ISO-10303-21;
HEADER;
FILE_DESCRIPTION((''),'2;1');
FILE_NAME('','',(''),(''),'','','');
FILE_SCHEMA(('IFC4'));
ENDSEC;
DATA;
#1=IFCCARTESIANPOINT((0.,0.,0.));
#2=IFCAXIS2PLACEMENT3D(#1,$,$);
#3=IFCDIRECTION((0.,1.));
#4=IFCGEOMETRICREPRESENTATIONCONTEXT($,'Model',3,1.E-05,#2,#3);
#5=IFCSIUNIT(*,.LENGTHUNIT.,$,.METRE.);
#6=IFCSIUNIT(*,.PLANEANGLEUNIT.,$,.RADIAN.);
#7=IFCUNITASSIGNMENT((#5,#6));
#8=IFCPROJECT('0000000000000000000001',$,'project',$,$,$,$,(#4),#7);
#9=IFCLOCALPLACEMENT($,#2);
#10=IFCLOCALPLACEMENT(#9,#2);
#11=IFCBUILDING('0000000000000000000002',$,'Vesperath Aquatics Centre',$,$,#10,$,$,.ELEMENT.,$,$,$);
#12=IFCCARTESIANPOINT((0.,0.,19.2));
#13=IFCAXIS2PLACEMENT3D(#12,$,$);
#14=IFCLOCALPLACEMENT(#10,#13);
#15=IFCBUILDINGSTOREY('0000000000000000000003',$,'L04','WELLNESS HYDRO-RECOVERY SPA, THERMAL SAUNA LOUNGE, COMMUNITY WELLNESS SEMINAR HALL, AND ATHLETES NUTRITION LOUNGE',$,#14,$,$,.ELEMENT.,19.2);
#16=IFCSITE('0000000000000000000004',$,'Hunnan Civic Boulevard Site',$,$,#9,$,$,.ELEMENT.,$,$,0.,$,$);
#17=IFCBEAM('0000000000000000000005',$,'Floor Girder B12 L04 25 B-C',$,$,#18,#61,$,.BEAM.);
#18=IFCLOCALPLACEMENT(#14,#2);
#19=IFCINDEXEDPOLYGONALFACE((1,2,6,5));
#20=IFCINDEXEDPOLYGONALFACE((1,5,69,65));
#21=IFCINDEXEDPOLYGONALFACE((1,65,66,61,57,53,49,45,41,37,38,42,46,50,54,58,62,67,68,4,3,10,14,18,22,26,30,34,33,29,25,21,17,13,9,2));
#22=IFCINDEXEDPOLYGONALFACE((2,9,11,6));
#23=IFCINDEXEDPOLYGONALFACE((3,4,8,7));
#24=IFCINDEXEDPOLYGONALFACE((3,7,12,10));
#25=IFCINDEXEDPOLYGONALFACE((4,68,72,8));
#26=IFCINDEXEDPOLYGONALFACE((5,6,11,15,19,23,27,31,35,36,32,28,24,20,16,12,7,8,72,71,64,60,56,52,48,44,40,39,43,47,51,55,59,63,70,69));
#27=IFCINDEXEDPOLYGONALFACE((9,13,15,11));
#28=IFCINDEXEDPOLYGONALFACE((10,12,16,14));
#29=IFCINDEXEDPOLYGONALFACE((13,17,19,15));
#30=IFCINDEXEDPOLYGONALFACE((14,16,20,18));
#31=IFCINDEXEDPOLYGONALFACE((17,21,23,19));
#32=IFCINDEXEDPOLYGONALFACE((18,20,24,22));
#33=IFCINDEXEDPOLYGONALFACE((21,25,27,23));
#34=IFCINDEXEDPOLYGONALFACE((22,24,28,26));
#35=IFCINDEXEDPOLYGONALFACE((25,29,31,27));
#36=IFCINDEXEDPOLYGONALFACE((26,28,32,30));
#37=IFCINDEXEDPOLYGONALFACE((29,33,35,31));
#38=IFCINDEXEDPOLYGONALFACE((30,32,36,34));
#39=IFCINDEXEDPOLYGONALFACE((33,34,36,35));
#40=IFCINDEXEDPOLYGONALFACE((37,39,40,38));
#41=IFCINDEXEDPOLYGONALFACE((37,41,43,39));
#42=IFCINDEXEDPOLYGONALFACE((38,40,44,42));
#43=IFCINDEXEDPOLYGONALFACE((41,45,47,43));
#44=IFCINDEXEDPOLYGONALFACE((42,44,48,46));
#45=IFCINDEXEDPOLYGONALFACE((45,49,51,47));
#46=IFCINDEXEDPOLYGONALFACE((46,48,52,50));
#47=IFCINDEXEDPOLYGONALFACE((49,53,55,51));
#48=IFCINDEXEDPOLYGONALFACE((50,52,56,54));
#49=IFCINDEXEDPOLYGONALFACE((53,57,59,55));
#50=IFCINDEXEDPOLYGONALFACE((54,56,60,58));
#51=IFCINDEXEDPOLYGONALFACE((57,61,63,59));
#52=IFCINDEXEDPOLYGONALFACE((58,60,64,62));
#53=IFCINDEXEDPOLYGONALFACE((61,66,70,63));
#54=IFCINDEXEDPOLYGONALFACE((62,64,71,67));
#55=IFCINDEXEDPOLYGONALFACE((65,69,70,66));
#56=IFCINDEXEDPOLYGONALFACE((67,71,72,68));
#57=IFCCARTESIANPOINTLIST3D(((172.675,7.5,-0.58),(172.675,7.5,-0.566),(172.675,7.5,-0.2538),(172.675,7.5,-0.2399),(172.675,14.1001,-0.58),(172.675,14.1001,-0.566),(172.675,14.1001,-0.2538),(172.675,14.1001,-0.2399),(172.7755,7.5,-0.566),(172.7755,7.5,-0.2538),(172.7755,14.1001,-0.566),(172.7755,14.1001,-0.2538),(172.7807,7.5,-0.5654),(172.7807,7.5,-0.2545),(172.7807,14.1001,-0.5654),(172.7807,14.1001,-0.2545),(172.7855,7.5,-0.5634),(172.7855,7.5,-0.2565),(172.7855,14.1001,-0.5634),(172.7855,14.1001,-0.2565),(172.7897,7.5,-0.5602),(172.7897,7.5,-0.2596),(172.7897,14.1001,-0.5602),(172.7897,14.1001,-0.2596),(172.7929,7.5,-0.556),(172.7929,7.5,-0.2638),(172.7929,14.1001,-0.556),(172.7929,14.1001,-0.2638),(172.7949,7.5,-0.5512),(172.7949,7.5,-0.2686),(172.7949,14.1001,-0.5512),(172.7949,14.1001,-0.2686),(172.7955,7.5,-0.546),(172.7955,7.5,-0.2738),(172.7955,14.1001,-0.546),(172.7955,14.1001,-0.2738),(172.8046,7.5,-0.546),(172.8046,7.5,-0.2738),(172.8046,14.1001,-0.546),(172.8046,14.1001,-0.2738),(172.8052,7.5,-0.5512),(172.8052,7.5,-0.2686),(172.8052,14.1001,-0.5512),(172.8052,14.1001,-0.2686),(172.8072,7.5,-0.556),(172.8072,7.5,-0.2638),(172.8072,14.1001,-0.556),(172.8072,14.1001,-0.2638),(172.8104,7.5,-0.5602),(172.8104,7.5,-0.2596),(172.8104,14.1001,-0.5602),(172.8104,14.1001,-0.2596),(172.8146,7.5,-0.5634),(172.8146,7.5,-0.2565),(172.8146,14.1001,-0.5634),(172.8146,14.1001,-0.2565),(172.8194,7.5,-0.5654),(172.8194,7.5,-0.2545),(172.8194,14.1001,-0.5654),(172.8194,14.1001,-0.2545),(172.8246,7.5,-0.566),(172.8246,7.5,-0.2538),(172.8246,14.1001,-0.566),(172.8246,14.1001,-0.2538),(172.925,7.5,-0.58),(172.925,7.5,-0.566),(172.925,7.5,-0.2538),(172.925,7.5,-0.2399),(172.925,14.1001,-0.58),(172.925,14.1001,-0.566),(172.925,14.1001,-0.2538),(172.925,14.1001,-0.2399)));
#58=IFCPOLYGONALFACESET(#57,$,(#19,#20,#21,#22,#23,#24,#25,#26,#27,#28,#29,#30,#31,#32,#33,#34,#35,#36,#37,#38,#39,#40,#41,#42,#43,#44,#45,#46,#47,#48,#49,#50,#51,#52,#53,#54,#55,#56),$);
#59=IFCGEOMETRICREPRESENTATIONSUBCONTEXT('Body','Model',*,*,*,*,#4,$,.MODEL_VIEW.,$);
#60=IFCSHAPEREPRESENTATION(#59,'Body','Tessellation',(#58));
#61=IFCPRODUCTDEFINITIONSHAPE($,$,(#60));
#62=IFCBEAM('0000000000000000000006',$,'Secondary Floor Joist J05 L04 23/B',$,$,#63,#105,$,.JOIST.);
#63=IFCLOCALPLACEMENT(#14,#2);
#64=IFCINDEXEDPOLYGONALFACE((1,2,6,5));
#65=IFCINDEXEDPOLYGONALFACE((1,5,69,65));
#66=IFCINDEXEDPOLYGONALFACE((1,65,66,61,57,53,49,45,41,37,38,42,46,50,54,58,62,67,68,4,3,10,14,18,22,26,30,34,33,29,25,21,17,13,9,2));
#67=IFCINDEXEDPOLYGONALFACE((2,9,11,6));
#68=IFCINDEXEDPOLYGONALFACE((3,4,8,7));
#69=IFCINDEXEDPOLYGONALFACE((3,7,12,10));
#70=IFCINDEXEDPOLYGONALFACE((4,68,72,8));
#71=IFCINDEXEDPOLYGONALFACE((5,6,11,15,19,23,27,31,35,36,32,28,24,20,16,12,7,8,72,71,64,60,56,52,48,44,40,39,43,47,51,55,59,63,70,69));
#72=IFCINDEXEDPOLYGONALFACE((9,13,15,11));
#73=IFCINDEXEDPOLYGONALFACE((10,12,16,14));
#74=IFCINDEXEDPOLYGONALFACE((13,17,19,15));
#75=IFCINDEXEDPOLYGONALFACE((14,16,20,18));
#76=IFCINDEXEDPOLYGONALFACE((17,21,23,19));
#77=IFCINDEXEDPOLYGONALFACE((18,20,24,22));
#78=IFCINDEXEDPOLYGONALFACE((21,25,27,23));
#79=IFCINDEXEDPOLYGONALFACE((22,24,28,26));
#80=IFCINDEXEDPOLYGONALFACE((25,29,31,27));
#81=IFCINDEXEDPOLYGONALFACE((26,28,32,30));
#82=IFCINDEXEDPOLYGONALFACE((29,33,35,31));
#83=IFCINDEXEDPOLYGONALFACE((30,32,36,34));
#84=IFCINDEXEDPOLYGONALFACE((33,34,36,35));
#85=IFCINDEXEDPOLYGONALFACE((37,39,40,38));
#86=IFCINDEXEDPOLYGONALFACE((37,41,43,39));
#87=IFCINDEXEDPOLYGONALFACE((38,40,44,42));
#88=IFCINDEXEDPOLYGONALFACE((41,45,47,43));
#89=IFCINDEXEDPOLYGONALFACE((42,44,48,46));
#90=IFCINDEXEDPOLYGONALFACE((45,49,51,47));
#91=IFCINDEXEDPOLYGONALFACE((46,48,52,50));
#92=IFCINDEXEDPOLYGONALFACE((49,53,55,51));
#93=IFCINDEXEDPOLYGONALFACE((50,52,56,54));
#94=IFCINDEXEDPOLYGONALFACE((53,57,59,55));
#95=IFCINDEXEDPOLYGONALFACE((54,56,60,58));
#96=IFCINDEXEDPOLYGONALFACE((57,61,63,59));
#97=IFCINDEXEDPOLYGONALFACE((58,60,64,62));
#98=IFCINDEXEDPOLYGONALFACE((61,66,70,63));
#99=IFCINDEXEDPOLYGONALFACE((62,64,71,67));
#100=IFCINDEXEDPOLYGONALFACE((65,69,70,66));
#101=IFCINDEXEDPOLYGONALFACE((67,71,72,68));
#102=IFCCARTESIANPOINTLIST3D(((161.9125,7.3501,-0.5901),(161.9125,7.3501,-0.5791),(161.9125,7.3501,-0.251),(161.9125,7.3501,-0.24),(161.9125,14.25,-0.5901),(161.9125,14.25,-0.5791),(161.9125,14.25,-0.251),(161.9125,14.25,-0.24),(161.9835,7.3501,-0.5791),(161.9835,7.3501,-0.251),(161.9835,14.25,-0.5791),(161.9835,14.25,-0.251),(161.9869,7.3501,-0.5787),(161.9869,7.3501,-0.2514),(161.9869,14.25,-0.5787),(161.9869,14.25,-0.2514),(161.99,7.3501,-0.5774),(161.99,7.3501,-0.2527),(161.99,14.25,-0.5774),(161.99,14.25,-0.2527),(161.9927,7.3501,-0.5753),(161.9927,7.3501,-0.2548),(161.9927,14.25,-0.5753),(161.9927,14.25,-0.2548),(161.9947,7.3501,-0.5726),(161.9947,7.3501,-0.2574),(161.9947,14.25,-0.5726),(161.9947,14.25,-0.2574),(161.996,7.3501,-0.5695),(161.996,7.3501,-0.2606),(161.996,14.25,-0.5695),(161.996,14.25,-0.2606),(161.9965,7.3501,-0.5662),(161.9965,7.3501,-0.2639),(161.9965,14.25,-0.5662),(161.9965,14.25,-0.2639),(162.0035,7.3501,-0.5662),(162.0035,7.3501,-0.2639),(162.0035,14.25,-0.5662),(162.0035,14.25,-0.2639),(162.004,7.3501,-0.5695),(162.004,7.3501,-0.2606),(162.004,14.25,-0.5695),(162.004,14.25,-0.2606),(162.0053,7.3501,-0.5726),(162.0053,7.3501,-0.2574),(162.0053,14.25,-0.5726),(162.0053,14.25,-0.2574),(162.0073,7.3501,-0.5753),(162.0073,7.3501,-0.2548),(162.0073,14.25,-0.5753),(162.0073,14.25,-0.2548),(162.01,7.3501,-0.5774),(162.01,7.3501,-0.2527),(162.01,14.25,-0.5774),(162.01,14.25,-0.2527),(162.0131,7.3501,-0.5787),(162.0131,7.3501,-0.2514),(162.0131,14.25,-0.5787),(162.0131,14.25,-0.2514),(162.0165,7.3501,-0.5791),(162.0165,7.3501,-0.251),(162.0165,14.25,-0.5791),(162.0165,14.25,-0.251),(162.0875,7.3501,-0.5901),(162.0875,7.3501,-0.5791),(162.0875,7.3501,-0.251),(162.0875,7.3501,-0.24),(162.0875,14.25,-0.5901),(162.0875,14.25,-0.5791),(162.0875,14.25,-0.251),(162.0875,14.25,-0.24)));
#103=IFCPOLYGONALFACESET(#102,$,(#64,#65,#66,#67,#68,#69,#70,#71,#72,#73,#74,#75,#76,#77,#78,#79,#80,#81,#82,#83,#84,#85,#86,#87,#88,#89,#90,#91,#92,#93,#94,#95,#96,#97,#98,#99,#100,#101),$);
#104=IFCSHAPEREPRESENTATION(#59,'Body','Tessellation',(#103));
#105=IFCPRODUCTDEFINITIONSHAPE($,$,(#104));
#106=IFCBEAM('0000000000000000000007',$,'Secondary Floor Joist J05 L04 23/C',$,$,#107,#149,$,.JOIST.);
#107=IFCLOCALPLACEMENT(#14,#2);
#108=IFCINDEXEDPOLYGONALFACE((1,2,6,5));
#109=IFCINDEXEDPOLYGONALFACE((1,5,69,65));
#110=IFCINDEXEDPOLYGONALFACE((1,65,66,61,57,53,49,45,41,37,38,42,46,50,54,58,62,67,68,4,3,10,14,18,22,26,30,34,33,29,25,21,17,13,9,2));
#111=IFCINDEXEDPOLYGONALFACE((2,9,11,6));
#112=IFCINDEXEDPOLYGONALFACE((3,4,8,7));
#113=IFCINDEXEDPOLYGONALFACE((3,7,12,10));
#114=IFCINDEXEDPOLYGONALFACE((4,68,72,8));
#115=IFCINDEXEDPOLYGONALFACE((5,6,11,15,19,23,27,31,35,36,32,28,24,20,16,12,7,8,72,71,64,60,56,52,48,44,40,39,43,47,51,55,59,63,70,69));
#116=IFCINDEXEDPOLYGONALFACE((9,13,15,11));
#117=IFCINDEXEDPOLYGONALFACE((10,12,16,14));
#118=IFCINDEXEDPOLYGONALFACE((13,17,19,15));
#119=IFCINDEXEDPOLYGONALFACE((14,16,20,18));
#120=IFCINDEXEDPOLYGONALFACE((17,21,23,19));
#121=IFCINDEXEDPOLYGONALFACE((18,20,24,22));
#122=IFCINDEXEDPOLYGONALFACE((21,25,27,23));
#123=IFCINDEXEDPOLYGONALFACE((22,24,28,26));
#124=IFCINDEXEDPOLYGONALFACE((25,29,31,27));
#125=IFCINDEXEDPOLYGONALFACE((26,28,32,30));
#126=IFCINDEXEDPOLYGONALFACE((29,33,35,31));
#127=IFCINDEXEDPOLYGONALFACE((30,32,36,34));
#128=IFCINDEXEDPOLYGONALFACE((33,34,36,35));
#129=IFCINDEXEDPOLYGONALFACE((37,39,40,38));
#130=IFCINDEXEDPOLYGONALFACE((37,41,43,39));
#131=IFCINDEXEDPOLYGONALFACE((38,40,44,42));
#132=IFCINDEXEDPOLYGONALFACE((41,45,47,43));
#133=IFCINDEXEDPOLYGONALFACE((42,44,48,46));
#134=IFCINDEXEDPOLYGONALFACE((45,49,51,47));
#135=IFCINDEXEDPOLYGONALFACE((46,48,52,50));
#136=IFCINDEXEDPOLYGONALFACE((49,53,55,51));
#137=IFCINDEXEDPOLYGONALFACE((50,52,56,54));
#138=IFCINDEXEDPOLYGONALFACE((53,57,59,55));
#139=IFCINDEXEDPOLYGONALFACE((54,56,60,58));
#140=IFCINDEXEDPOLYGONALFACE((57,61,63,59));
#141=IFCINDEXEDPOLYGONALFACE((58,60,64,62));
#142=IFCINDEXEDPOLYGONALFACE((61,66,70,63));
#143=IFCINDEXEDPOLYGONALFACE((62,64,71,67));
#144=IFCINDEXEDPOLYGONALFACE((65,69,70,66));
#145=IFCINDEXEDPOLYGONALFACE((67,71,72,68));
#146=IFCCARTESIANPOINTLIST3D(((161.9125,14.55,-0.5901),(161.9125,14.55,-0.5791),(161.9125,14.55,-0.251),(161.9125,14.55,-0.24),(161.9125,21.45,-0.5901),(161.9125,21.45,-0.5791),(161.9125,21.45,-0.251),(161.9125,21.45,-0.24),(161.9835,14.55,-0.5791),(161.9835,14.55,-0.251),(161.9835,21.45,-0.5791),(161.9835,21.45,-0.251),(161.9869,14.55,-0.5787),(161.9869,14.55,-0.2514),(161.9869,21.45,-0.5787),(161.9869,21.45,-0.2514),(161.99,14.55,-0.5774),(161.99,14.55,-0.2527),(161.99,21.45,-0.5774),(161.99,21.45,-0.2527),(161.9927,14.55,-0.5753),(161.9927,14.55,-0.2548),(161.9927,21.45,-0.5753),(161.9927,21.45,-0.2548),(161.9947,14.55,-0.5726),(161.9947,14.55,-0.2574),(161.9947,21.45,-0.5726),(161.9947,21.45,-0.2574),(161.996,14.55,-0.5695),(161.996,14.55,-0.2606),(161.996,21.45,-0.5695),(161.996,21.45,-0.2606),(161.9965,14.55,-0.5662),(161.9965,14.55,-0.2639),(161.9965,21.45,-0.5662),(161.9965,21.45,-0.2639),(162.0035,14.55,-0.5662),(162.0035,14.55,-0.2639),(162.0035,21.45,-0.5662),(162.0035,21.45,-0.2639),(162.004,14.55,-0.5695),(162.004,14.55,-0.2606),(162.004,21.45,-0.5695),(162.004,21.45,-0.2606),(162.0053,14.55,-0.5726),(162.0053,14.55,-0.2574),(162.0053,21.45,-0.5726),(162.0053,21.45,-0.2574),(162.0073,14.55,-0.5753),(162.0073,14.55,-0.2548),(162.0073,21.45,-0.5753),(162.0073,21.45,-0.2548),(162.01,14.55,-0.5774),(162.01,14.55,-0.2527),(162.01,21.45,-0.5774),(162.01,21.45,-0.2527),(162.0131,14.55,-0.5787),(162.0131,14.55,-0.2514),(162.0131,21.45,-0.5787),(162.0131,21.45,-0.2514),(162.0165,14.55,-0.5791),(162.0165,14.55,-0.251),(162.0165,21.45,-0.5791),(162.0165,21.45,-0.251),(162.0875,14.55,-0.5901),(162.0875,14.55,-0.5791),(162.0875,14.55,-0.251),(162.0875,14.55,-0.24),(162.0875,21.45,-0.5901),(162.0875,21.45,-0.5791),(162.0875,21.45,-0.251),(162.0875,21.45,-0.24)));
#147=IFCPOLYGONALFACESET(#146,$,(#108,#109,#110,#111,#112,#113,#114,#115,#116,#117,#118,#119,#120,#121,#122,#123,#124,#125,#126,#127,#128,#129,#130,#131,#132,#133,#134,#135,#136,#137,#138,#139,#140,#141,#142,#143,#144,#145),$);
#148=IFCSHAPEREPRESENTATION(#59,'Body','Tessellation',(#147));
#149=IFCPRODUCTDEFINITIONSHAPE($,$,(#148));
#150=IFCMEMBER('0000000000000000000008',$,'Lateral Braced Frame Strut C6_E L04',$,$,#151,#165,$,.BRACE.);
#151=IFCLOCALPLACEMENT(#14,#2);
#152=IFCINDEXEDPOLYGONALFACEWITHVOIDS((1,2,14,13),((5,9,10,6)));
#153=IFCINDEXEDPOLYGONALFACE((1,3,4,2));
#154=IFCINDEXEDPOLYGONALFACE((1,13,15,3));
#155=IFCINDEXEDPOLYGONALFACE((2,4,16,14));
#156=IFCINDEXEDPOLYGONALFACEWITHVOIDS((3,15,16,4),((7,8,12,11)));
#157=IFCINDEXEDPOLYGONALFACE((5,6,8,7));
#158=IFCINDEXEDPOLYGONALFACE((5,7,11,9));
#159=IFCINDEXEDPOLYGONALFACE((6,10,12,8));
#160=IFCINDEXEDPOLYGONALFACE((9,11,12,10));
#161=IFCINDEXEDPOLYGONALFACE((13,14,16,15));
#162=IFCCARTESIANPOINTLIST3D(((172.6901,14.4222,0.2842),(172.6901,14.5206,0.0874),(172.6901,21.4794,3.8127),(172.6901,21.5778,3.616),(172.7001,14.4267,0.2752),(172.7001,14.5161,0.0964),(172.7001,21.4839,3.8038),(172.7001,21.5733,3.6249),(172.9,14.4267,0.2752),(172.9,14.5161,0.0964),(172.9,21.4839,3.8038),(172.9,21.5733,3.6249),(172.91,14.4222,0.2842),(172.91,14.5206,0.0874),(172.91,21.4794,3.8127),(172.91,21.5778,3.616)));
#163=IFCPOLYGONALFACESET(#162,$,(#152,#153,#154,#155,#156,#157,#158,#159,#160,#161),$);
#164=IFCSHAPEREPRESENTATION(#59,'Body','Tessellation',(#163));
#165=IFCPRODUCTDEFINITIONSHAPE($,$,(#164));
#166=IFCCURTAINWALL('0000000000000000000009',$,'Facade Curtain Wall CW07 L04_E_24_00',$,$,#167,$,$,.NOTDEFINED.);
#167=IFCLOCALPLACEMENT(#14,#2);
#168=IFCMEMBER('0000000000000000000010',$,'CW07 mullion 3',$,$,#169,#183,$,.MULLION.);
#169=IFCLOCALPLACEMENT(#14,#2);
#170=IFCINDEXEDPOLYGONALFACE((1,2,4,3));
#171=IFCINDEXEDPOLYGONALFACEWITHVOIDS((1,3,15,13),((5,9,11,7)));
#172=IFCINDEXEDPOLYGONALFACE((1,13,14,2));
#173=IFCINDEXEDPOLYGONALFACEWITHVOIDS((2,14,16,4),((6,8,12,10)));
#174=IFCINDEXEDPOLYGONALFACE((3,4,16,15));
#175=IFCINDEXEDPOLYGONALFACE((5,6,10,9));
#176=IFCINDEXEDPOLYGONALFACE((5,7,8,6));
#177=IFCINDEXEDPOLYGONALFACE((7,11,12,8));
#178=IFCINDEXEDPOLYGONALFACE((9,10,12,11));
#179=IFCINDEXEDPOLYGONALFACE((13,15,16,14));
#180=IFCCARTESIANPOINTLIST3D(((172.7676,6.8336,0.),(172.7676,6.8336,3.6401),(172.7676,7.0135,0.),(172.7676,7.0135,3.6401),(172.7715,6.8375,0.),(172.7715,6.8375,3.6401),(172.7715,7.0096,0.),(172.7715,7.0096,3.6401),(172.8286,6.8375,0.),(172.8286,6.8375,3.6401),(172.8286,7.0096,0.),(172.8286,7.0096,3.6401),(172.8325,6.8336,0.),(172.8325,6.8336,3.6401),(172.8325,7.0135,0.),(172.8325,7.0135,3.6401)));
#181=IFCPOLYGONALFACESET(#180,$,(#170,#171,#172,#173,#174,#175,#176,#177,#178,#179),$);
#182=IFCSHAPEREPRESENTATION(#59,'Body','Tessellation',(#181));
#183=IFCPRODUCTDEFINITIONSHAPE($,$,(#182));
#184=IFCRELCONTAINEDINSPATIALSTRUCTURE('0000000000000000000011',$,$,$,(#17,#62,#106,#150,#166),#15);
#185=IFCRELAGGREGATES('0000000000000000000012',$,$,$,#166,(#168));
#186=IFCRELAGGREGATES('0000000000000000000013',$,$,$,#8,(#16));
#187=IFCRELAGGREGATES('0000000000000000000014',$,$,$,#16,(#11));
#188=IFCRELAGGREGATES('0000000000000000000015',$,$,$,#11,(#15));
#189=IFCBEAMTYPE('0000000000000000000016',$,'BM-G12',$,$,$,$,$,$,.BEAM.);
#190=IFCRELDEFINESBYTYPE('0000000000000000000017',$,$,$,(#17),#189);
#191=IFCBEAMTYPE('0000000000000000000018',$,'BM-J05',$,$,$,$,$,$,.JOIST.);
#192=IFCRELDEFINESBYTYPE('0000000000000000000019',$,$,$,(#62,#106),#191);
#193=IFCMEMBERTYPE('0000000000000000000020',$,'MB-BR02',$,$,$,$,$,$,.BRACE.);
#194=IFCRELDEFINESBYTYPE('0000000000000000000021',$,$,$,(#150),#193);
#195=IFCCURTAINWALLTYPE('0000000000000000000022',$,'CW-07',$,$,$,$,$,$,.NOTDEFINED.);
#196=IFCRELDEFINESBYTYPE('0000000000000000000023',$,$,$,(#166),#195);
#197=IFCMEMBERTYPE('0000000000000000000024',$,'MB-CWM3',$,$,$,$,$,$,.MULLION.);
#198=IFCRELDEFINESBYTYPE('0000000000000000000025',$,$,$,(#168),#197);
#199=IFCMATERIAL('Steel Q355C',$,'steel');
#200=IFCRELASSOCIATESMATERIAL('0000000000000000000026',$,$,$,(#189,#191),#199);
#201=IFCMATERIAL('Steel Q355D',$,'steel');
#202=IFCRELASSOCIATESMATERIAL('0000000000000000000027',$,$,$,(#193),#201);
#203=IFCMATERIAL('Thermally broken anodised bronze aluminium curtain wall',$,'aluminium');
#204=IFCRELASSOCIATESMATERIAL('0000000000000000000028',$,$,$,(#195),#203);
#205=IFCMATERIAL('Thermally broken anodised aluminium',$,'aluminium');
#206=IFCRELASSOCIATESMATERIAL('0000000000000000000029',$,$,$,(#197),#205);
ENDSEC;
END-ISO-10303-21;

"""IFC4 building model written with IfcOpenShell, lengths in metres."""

from ifc_helpers import new_model, si_unit, direction, frame, origin, origin_2d, place, context, subcontext, project, spatial, hollow_rectangle, i_section, extrude, material, material_profile, profile_set, type_object, element, aggregate, save


model = new_model("IFC4")

# Units and contexts
model_context = context("Model", 3, precision=1e-05, world=origin(), true_north=direction((0.0, 1.0)))
body_context = subcontext(model_context, "Body", "Model", "MODEL_VIEW")
ifc_project = project(units=[si_unit("LENGTHUNIT", "METRE"), si_unit("PLANEANGLEUNIT", "RADIAN")], contexts=[model_context])

# Site, building, storey
site_placement = place(None, origin())
site = spatial("IfcSite", under=ifc_project, at=site_placement, Name="Hunnan Civic Boulevard Site", CompositionType="ELEMENT", RefElevation=0.0)
building_placement = place(site_placement, origin())
building = spatial("IfcBuilding", under=site, at=building_placement, Name="Vesperath Aquatics Centre", CompositionType="ELEMENT")
storey_placement = place(building_placement, frame((0.0, 0.0, 19.2)))
storey = spatial("IfcBuildingStorey", under=building, at=storey_placement, Name="L04", Description="WELLNESS HYDRO-RECOVERY SPA, THERMAL SAUNA LOUNGE, COMMUNITY WELLNESS SEMINAR HALL, AND ATHLETES NUTRITION LOUNGE", CompositionType="ELEMENT", Elevation=19.2)

# Shared definitions
ifc_material_1 = material(Name="Steel Q355C", Category="steel")
ifc_material_2 = material(Name="Steel Q355D", Category="steel")

# Beams
ifc_material_profile_1 = material_profile(ifc_material_1, i_section(OverallWidth=0.25, OverallDepth=0.3401, WebThickness=0.009, FlangeThickness=0.0139, FilletRadius=0.02, at=origin_2d()), Name="HM 340x250x9x14")
ifc_profile_set_1 = profile_set([ifc_material_profile_1], Name="Steel Q355C")
beam_type_1 = type_object("IfcBeamType", Name="BM-G12", PredefinedType="BEAM", material=ifc_profile_set_1)
beam_1_placement = place(storey_placement, frame((172.8, 7.5, -0.4099), z_axis=(0.0, 1.0, 0.0), x_axis=(-1.0, 0.0, 0.0)))
element("IfcBeam", 1, at=beam_1_placement, inside=storey, type_object=beam_type_1, Name="Floor Girder B12 L04 25 B-C", PredefinedType="BEAM", context=body_context, shape_type="SweptSolid", body=[
    extrude(i_section(OverallWidth=0.25, OverallDepth=0.3401, WebThickness=0.009, FlangeThickness=0.0139, FilletRadius=0.02, at=origin_2d()), origin(), (0.0, 0.0, 1.0), 6.6001),
])
ifc_material_profile_2 = material_profile(ifc_material_1, i_section(OverallWidth=0.175, OverallDepth=0.3501, WebThickness=0.0071, FlangeThickness=0.011, FilletRadius=0.0129, at=origin_2d()), Name="HN 350x175x7x11")
ifc_profile_set_2 = profile_set([ifc_material_profile_2], Name="Steel Q355C")
beam_type_2 = type_object("IfcBeamType", Name="BM-J05", PredefinedType="JOIST", material=ifc_profile_set_2)
for number, where, z_axis, x_axis, name in (
    (2, (162.0, 7.3501, -0.415), (0.0, 1.0, 0.0), (-1.0, 0.0, 0.0), "Secondary Floor Joist J05 L04 23/B"),
    (3, (162.0, 14.55, -0.415), (0.0, 1.0, 0.0), (-1.0, 0.0, 0.0), "Secondary Floor Joist J05 L04 23/C"),
):
    element("IfcBeam", number, at=place(storey_placement, frame(where, z_axis=z_axis, x_axis=x_axis)), inside=storey, type_object=beam_type_2, Name=name, PredefinedType="JOIST", context=body_context, shape_type="SweptSolid", body=[
        extrude(i_section(OverallWidth=0.175, OverallDepth=0.3501, WebThickness=0.0071, FlangeThickness=0.011, FilletRadius=0.0129, at=origin_2d()), origin(), (0.0, 0.0, 1.0), 6.8999),
    ])

# Member
ifc_material_profile_3 = material_profile(ifc_material_2, hollow_rectangle(XDim=0.22, YDim=0.22, WallThickness=0.01, at=origin_2d()), Name="SHS 220x220x10")
ifc_profile_set_3 = profile_set([ifc_material_profile_3], Name="Steel Q355D")
member_type_1 = type_object("IfcMemberType", Name="MB-BR02", PredefinedType="BRACE", material=ifc_profile_set_3)
member_1_placement = place(storey_placement, frame((172.8, 14.4714, 0.1858), z_axis=(0.0, 0.894427, 0.447214), x_axis=(-1.0, 0.0, 0.0)))
element("IfcMember", 4, at=member_1_placement, inside=storey, type_object=member_type_1, Name="Lateral Braced Frame Strut C6_E L04", PredefinedType="BRACE", context=body_context, shape_type="SweptSolid", body=[
    extrude(hollow_rectangle(XDim=0.22, YDim=0.22, WallThickness=0.01, at=origin_2d()), origin(), (0.0, 0.0, 1.0), 7.8901),
])

# Curtain wall, member
ifc_material_3 = material(Name="Thermally broken anodised bronze aluminium curtain wall", Category="aluminium")
curtain_wall_type = type_object("IfcCurtainWallType", Name="CW-07", PredefinedType="NOTDEFINED", material=ifc_material_3)
curtain_wall_placement = place(storey_placement, origin())
curtain_wall = element("IfcCurtainWall", 5, at=curtain_wall_placement, inside=storey, type_object=curtain_wall_type, Name="Facade Curtain Wall CW07 L04_E_24_00", PredefinedType="NOTDEFINED")
ifc_material_4 = material(Name="Thermally broken anodised aluminium", Category="aluminium")
ifc_material_profile_4 = material_profile(ifc_material_4, hollow_rectangle(XDim=0.0649, YDim=0.1799, WallThickness=0.0039, at=origin_2d()), Name="CWM 65x180x4")
ifc_profile_set_4 = profile_set([ifc_material_profile_4], Name="Thermally broken anodised aluminium")
member_type_2 = type_object("IfcMemberType", Name="MB-CWM3", PredefinedType="MULLION", material=ifc_profile_set_4)
member_2_placement = place(storey_placement, frame((172.8, 6.9236, 0.0), z_axis=(0.0, 0.0, 1.0), x_axis=(-1.0, 0.0, 0.0)))
member_2 = element("IfcMember", 6, at=member_2_placement, type_object=member_type_2, Name="CW07 mullion 3", PredefinedType="MULLION", context=body_context, shape_type="SweptSolid", body=[
    extrude(hollow_rectangle(XDim=0.0649, YDim=0.1799, WallThickness=0.0039, at=origin_2d()), origin(), (0.0, 0.0, 1.0), 3.6401),
])
aggregate(curtain_wall, [member_2])

save(model, "model.ifc")
